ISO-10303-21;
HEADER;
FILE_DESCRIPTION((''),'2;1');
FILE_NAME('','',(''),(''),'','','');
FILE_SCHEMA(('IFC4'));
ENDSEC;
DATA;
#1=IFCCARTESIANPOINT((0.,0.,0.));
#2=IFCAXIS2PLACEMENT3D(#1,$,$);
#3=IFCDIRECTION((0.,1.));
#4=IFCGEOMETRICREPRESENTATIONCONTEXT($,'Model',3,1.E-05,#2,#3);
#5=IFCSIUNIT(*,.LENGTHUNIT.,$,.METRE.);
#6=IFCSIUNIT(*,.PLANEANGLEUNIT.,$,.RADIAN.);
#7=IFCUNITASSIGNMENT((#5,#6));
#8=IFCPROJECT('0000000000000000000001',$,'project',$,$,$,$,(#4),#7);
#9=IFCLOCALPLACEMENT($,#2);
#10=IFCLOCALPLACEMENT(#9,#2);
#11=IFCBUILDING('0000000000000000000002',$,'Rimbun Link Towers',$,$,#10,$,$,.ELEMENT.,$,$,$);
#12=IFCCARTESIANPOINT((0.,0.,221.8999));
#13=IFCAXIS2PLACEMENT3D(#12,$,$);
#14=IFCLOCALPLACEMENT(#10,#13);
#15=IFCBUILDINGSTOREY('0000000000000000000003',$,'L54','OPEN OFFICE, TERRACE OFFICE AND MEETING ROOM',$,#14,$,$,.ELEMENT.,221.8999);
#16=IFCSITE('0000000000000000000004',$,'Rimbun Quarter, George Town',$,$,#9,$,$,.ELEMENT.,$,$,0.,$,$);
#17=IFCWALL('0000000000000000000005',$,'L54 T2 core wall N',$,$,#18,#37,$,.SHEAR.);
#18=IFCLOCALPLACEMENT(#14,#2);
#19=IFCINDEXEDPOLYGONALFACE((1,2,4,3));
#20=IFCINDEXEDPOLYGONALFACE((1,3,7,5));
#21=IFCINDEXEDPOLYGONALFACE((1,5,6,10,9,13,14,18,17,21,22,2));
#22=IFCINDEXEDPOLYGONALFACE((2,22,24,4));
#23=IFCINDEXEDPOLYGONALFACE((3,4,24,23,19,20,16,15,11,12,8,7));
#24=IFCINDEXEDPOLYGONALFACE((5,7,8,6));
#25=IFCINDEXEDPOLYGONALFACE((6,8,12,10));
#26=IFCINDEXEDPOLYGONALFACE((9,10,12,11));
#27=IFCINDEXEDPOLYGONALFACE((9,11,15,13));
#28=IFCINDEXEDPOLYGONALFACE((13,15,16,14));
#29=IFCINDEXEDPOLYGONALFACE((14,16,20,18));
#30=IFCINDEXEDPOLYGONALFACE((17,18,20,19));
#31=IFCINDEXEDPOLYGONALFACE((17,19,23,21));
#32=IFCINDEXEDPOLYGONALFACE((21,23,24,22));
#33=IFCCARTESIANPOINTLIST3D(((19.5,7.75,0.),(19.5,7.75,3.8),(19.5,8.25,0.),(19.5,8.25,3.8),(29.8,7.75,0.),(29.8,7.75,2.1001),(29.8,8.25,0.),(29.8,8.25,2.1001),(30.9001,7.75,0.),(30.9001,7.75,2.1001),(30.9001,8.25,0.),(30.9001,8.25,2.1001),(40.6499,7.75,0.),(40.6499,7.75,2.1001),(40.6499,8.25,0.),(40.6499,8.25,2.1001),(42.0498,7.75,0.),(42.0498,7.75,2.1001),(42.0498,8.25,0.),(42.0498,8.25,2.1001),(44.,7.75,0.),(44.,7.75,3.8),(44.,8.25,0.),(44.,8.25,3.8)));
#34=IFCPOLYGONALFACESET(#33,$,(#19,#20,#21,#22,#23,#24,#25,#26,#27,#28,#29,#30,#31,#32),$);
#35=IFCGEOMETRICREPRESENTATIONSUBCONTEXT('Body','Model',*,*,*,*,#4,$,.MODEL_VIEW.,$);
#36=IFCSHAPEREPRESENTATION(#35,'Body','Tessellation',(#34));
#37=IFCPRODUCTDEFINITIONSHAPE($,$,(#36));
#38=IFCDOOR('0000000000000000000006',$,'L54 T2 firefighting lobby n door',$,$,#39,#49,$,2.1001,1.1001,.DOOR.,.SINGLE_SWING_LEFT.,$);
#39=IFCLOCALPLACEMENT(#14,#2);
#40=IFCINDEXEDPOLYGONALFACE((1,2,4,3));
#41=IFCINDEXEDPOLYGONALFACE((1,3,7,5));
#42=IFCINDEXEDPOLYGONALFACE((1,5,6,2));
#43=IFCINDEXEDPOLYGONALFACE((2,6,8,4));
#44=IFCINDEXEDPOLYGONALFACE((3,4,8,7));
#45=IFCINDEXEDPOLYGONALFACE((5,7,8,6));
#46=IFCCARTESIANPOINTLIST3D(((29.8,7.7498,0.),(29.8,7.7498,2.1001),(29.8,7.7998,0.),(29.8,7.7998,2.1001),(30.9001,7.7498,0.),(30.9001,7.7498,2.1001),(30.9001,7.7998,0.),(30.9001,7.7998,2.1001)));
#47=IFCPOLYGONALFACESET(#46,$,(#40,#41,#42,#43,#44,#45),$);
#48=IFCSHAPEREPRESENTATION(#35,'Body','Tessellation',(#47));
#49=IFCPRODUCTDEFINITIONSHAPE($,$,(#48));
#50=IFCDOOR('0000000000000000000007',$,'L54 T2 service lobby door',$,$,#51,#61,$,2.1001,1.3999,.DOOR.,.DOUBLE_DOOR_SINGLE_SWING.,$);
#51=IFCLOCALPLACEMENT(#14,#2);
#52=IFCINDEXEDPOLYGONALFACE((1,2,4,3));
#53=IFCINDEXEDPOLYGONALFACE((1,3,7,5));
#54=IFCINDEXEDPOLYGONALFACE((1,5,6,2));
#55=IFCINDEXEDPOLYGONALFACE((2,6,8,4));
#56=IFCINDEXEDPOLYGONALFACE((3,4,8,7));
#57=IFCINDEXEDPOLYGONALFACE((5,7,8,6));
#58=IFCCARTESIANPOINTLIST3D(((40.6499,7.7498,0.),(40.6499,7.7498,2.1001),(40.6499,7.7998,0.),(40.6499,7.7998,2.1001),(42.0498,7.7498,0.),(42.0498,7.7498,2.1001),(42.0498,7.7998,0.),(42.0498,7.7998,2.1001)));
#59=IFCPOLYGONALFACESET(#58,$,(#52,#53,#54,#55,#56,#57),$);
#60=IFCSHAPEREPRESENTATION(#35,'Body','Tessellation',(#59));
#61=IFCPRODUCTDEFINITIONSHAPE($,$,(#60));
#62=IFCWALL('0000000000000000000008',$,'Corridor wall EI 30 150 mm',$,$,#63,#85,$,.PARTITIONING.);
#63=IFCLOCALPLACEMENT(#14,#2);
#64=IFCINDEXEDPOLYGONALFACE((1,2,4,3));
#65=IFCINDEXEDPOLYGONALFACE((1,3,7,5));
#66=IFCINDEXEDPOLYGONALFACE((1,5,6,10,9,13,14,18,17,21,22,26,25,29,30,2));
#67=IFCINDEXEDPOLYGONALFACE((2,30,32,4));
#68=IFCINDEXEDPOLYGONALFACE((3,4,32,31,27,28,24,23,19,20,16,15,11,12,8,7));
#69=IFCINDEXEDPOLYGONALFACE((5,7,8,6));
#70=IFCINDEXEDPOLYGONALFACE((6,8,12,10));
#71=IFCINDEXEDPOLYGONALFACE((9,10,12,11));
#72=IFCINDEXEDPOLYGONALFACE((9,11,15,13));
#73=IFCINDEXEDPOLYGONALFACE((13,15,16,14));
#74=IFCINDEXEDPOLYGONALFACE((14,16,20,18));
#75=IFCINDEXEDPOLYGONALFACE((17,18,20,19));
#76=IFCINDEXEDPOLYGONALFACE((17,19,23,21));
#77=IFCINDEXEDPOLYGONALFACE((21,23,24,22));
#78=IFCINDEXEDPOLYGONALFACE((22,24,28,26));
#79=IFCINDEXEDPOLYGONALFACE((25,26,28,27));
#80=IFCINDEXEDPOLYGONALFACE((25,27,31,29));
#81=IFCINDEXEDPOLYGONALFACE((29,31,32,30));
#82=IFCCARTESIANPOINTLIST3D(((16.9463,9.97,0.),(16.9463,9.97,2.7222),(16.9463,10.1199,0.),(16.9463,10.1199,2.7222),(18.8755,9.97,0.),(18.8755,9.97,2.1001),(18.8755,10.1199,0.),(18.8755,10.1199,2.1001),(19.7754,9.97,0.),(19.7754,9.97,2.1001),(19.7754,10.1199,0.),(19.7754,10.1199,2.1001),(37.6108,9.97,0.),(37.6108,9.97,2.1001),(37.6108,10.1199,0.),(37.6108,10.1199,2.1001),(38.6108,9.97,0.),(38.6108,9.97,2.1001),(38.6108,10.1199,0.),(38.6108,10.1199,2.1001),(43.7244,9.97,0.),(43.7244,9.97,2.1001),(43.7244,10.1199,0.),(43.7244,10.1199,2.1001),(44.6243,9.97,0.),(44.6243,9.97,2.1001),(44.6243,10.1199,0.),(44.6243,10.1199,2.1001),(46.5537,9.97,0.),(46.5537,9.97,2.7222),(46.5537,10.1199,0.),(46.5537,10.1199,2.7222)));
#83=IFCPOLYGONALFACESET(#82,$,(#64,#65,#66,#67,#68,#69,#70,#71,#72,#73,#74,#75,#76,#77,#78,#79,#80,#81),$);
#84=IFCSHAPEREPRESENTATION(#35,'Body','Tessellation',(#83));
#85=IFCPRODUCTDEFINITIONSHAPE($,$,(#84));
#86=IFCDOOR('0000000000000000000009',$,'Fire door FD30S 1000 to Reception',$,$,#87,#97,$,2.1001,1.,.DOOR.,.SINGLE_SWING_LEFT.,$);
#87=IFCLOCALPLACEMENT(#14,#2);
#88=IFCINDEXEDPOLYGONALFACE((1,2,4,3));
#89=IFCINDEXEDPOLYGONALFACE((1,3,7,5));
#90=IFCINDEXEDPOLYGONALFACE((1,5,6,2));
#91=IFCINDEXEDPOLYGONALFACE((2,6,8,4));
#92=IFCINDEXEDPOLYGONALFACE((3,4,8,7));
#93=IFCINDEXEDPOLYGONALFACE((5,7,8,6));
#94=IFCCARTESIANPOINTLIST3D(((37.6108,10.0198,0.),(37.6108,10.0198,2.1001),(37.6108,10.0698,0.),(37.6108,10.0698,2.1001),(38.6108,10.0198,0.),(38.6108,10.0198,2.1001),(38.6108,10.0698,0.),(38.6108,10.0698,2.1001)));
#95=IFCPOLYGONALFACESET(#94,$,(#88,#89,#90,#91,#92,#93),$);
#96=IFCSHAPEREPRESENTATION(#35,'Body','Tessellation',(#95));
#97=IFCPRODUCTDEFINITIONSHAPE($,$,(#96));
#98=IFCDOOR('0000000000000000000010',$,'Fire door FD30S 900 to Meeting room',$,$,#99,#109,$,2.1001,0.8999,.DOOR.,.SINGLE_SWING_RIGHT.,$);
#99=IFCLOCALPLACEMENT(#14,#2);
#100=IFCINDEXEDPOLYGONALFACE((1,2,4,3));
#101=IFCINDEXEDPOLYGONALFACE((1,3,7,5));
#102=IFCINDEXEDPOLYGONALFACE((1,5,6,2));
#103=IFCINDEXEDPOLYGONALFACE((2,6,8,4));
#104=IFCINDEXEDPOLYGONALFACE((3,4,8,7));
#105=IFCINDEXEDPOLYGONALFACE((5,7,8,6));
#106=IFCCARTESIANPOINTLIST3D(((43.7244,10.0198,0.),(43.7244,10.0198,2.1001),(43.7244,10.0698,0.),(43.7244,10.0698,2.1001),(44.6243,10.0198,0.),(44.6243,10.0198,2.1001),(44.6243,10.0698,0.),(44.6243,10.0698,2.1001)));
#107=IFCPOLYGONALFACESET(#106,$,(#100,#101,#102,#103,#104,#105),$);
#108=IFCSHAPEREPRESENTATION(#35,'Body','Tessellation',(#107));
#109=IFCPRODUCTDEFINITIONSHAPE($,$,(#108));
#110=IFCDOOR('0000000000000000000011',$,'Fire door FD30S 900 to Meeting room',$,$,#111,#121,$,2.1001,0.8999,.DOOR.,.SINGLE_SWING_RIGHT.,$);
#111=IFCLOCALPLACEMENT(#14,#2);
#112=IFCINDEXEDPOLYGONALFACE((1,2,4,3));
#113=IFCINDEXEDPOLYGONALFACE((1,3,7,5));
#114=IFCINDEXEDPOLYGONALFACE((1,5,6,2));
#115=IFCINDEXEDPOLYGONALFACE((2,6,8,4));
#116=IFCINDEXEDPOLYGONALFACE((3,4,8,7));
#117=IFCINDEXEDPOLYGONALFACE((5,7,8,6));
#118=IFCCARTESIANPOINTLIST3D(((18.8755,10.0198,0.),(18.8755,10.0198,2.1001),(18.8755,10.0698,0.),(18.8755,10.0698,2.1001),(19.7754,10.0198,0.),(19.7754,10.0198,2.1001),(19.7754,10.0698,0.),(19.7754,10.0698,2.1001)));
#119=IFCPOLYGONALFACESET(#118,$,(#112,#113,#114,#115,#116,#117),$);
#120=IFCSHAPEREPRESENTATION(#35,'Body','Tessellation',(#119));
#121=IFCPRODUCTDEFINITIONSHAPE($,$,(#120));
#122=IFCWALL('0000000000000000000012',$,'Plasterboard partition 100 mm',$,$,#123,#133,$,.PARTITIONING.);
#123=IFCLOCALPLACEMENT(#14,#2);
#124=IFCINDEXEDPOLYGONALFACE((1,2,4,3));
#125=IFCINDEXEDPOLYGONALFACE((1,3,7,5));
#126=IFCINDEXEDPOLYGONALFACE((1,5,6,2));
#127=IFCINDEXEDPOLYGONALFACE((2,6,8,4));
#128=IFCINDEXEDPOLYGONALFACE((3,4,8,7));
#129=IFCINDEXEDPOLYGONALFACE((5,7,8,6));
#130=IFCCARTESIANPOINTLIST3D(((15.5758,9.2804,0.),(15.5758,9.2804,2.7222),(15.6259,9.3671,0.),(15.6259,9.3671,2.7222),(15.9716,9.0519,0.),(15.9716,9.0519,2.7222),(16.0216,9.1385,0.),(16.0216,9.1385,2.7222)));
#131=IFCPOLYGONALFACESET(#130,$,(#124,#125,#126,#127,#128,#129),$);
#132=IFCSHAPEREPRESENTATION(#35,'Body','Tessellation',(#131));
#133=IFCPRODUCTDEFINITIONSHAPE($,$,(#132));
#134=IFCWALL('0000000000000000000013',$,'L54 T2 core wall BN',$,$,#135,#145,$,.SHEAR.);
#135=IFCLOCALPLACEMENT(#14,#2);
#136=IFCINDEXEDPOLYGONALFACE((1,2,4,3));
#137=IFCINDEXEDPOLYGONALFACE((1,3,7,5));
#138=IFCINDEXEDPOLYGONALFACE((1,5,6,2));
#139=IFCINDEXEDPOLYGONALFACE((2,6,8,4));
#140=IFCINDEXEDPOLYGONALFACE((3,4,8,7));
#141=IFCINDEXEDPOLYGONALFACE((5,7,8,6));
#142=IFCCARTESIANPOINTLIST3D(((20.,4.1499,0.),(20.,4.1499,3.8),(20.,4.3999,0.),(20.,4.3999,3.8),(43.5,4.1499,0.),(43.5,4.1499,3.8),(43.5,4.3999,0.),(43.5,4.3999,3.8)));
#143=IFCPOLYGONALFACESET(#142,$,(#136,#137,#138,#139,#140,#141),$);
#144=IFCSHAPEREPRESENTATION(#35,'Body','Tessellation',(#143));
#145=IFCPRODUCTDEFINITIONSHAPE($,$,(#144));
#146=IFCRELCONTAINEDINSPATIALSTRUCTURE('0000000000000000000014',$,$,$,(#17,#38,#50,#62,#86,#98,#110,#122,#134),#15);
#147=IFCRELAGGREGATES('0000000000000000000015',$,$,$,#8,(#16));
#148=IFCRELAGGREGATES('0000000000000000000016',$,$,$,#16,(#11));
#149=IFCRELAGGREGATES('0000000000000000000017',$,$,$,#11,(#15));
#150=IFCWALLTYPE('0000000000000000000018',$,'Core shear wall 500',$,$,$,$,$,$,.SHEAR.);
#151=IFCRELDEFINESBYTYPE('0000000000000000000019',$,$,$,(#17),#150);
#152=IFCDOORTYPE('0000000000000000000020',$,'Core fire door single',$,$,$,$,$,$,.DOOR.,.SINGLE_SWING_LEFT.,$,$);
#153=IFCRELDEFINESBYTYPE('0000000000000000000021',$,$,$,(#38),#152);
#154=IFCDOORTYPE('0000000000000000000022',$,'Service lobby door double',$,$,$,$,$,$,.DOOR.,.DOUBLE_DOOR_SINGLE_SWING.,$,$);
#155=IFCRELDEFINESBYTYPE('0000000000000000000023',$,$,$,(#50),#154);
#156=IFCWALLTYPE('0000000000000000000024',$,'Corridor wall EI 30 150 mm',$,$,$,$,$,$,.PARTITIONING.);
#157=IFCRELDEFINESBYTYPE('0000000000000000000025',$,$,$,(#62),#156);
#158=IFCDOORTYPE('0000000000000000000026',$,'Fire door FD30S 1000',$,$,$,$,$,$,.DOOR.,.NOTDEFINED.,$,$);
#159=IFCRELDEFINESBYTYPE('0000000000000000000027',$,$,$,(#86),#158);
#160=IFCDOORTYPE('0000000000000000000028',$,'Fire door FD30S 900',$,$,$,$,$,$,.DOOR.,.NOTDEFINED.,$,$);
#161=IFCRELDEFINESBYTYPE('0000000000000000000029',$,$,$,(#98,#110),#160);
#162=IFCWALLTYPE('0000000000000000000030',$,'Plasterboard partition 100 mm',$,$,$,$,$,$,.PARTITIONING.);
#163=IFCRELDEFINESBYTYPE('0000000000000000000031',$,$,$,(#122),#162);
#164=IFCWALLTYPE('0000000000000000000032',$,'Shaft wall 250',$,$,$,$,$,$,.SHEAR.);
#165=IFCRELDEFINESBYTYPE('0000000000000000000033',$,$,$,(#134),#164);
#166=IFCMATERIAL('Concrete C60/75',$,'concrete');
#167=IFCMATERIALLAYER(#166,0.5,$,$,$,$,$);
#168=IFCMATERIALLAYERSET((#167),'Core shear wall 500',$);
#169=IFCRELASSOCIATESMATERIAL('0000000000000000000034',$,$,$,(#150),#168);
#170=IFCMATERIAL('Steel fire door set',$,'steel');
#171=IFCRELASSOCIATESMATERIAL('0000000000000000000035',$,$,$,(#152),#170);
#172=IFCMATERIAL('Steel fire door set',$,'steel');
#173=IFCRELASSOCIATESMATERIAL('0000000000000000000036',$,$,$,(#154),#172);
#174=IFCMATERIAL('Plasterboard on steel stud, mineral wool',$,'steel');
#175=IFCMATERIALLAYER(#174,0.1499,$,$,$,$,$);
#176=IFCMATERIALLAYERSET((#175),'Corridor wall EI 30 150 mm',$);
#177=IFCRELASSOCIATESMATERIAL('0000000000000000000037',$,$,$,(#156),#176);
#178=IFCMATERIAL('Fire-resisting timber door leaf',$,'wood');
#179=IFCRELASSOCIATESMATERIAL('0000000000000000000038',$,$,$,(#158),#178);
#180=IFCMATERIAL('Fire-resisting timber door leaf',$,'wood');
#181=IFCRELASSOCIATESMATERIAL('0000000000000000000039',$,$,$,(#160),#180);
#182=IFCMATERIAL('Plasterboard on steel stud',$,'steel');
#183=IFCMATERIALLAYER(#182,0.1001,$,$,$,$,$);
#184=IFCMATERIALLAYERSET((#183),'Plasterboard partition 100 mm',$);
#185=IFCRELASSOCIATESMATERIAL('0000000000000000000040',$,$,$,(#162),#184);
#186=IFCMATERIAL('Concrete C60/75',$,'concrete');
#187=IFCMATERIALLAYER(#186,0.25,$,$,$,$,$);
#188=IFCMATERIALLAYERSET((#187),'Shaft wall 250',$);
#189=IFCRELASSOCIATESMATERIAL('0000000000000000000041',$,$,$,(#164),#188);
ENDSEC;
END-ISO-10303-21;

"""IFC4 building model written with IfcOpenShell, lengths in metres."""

from ifc_helpers import new_model, si_unit, direction, frame, frame_2d, origin, place, context, subcontext, project, spatial, rectangle, extrude, material, layer, layer_set, type_object, element, fill, save


model = new_model("IFC4")

# Units and contexts
model_context = context("Model", 3, precision=1e-05, world=origin(), true_north=direction((0.0, 1.0)))
body_context = subcontext(model_context, "Body", "Model", "MODEL_VIEW")
ifc_project = project(units=[si_unit("LENGTHUNIT", "METRE"), si_unit("PLANEANGLEUNIT", "RADIAN")], contexts=[model_context])

# Site, building, storey
site_placement = place(None, origin())
site = spatial("IfcSite", under=ifc_project, at=site_placement, Name="Rimbun Quarter, George Town", CompositionType="ELEMENT", RefElevation=0.0)
building_placement = place(site_placement, origin())
building = spatial("IfcBuilding", under=site, at=building_placement, Name="Rimbun Link Towers", CompositionType="ELEMENT")
storey_placement = place(building_placement, frame((0.0, 0.0, 221.8999)))
storey = spatial("IfcBuildingStorey", under=building, at=storey_placement, Name="L54", Description="OPEN OFFICE, TERRACE OFFICE AND MEETING ROOM", CompositionType="ELEMENT", Elevation=221.8999)

# Walls, openings, doors
ifc_material_1 = material(Name="Concrete C60/75", Category="concrete")
ifc_layer_1 = layer(ifc_material_1, 0.5)
ifc_layer_set_1 = layer_set([ifc_layer_1], Name="Core shear wall 500")
wall_type_1 = type_object("IfcWallType", Name="Core shear wall 500", PredefinedType="SHEAR", material=ifc_layer_set_1)
wall_1_placement = place(storey_placement, frame((19.5, 8.0, 0.0), z_axis=(0.0, 0.0, 1.0), x_axis=(1.0, 0.0, 0.0)))
wall_1 = element("IfcWall", 1, at=wall_1_placement, inside=storey, type_object=wall_type_1, Name="L54 T2 core wall N", PredefinedType="SHEAR", context=body_context, shape_type="SweptSolid", body=[
    extrude(rectangle(XDim=24.5, YDim=0.5, at=frame_2d((12.25, 0.0))), origin(), (0.0, 0.0, 1.0), 3.8),
])
opening_1_placement = place(wall_1_placement, frame((10.3, 0.0, 0.0)))
opening_1 = element("IfcOpeningElement", 2, at=opening_1_placement, cuts=wall_1, PredefinedType="OPENING", context=body_context, shape_type="SweptSolid", body=[
    extrude(rectangle(XDim=1.1001, YDim=2.1001, at=frame_2d((0.55, 1.05))), frame((0.0, 0.26, 0.0), z_axis=(0.0, -1.0, 0.0), x_axis=(1.0, 0.0, 0.0)), (0.0, 0.0, 1.0), 0.52),
])
opening_2_placement = place(wall_1_placement, frame((21.1499, 0.0, 0.0)))
opening_2 = element("IfcOpeningElement", 3, at=opening_2_placement, cuts=wall_1, PredefinedType="OPENING", context=body_context, shape_type="SweptSolid", body=[
    extrude(rectangle(XDim=1.3999, YDim=2.1001, at=frame_2d((0.7, 1.05))), frame((0.0, 0.26, 0.0), z_axis=(0.0, -1.0, 0.0), x_axis=(1.0, 0.0, 0.0)), (0.0, 0.0, 1.0), 0.52),
])
ifc_material_2 = material(Name="Steel fire door set", Category="steel")
door_type_1 = type_object("IfcDoorType", Name="Core fire door single", OperationType="SINGLE_SWING_LEFT", PredefinedType="DOOR", material=ifc_material_2)
door_1_placement = place(opening_1_placement, origin())
door_1 = element("IfcDoor", 4, at=door_1_placement, inside=storey, type_object=door_type_1, Name="L54 T2 firefighting lobby n door", OperationType="SINGLE_SWING_LEFT", OverallHeight=2.1001, OverallWidth=1.1001, PredefinedType="DOOR", context=body_context, shape_type="SweptSolid", body=[
    extrude(rectangle(XDim=1.1001, YDim=2.1001, at=frame_2d((0.55, 1.05))), frame((0.0, -0.2002, 0.0), z_axis=(0.0, -1.0, 0.0), x_axis=(1.0, 0.0, 0.0)), (0.0, 0.0, 1.0), 0.05),
])
fill(opening_1, door_1)
ifc_material_3 = material(Name="Steel fire door set", Category="steel")
door_type_2 = type_object("IfcDoorType", Name="Service lobby door double", OperationType="DOUBLE_DOOR_SINGLE_SWING", PredefinedType="DOOR", material=ifc_material_3)
door_2_placement = place(opening_2_placement, origin())
door_2 = element("IfcDoor", 5, at=door_2_placement, inside=storey, type_object=door_type_2, Name="L54 T2 service lobby door", OperationType="DOUBLE_DOOR_SINGLE_SWING", OverallHeight=2.1001, OverallWidth=1.3999, PredefinedType="DOOR", context=body_context, shape_type="SweptSolid", body=[
    extrude(rectangle(XDim=1.3999, YDim=2.1001, at=frame_2d((0.7, 1.05))), frame((0.0, -0.2002, 0.0), z_axis=(0.0, -1.0, 0.0), x_axis=(1.0, 0.0, 0.0)), (0.0, 0.0, 1.0), 0.05),
])
fill(opening_2, door_2)
ifc_material_4 = material(Name="Plasterboard on steel stud, mineral wool", Category="steel")
ifc_layer_2 = layer(ifc_material_4, 0.1499)
ifc_layer_set_2 = layer_set([ifc_layer_2], Name="Corridor wall EI 30 150 mm")
wall_type_2 = type_object("IfcWallType", Name="Corridor wall EI 30 150 mm", PredefinedType="PARTITIONING", material=ifc_layer_set_2)
wall_2_placement = place(storey_placement, frame((16.9463, 10.0449, 0.0), z_axis=(0.0, 0.0, 1.0), x_axis=(1.0, 0.0, 0.0)))
wall_2 = element("IfcWall", 6, at=wall_2_placement, inside=storey, type_object=wall_type_2, Name="Corridor wall EI 30 150 mm", PredefinedType="PARTITIONING", context=body_context, shape_type="SweptSolid", body=[
    extrude(rectangle(XDim=29.6074, YDim=0.1499, at=frame_2d((14.8037, 0.0))), origin(), (0.0, 0.0, 1.0), 2.7222),
])
opening_3_placement = place(wall_2_placement, frame((26.7781, 0.0, 0.0)))
opening_3 = element("IfcOpeningElement", 7, at=opening_3_placement, cuts=wall_2, PredefinedType="OPENING", context=body_context, shape_type="SweptSolid", body=[
    extrude(rectangle(XDim=0.8999, YDim=2.1001, at=frame_2d((0.45, 1.05))), frame((0.0, 0.085, 0.0), z_axis=(0.0, -1.0, 0.0), x_axis=(1.0, 0.0, 0.0)), (0.0, 0.0, 1.0), 0.1699),
])
opening_4_placement = place(wall_2_placement, frame((20.6646, 0.0, 0.0)))
opening_4 = element("IfcOpeningElement", 8, at=opening_4_placement, cuts=wall_2, PredefinedType="OPENING", context=body_context, shape_type="SweptSolid", body=[
    extrude(rectangle(XDim=1.0, YDim=2.1001, at=frame_2d((0.5, 1.05))), frame((0.0, 0.085, 0.0), z_axis=(0.0, -1.0, 0.0), x_axis=(1.0, 0.0, 0.0)), (0.0, 0.0, 1.0), 0.1699),
])
opening_5_placement = place(wall_2_placement, frame((1.9292, 0.0, 0.0)))
opening_5 = element("IfcOpeningElement", 9, at=opening_5_placement, cuts=wall_2, PredefinedType="OPENING", context=body_context, shape_type="SweptSolid", body=[
    extrude(rectangle(XDim=0.8999, YDim=2.1001, at=frame_2d((0.45, 1.05))), frame((0.0, 0.085, 0.0), z_axis=(0.0, -1.0, 0.0), x_axis=(1.0, 0.0, 0.0)), (0.0, 0.0, 1.0), 0.1699),
])
ifc_material_5 = material(Name="Fire-resisting timber door leaf", Category="wood")
door_type_3 = type_object("IfcDoorType", Name="Fire door FD30S 1000", OperationType="NOTDEFINED", PredefinedType="DOOR", material=ifc_material_5)
door_3_placement = place(opening_4_placement, origin())
door_3 = element("IfcDoor", 10, at=door_3_placement, inside=storey, type_object=door_type_3, Name="Fire door FD30S 1000 to Reception", OperationType="SINGLE_SWING_LEFT", OverallHeight=2.1001, OverallWidth=1.0, PredefinedType="DOOR", context=body_context, shape_type="SweptSolid", body=[
    extrude(rectangle(XDim=1.0, YDim=2.1001, at=frame_2d((0.5, 1.05))), frame((0.0, 0.0249, 0.0), z_axis=(0.0, -1.0, 0.0), x_axis=(1.0, 0.0, 0.0)), (0.0, 0.0, 1.0), 0.05),
])
fill(opening_4, door_3)
ifc_material_6 = material(Name="Fire-resisting timber door leaf", Category="wood")
door_type_4 = type_object("IfcDoorType", Name="Fire door FD30S 900", OperationType="NOTDEFINED", PredefinedType="DOOR", material=ifc_material_6)
door_4_placement = place(opening_3_placement, origin())
door_4 = element("IfcDoor", 11, at=door_4_placement, inside=storey, type_object=door_type_4, Name="Fire door FD30S 900 to Meeting room", OperationType="SINGLE_SWING_RIGHT", OverallHeight=2.1001, OverallWidth=0.8999, PredefinedType="DOOR", context=body_context, shape_type="SweptSolid", body=[
    extrude(rectangle(XDim=0.8999, YDim=2.1001, at=frame_2d((0.45, 1.05))), frame((0.0, 0.0249, 0.0), z_axis=(0.0, -1.0, 0.0), x_axis=(1.0, 0.0, 0.0)), (0.0, 0.0, 1.0), 0.05),
])
fill(opening_3, door_4)
door_5_placement = place(opening_5_placement, origin())
door_5 = element("IfcDoor", 12, at=door_5_placement, inside=storey, type_object=door_type_4, Name="Fire door FD30S 900 to Meeting room", OperationType="SINGLE_SWING_RIGHT", OverallHeight=2.1001, OverallWidth=0.8999, PredefinedType="DOOR", context=body_context, shape_type="SweptSolid", body=[
    extrude(rectangle(XDim=0.8999, YDim=2.1001, at=frame_2d((0.45, 1.05))), frame((0.0, 0.0249, 0.0), z_axis=(0.0, -1.0, 0.0), x_axis=(1.0, 0.0, 0.0)), (0.0, 0.0, 1.0), 0.05),
])
fill(opening_5, door_5)

# Walls
ifc_material_7 = material(Name="Plasterboard on steel stud", Category="steel")
ifc_layer_3 = layer(ifc_material_7, 0.1001)
ifc_layer_set_3 = layer_set([ifc_layer_3], Name="Plasterboard partition 100 mm")
wall_type_3 = type_object("IfcWallType", Name="Plasterboard partition 100 mm", PredefinedType="PARTITIONING", material=ifc_layer_set_3)
wall_3_placement = place(storey_placement, frame((15.6008, 9.3237, 0.0), z_axis=(0.0, 0.0, 1.0), x_axis=(0.865999, -0.500046, 0.0)))
element("IfcWall", 13, at=wall_3_placement, inside=storey, type_object=wall_type_3, Name="Plasterboard partition 100 mm", PredefinedType="PARTITIONING", context=body_context, shape_type="SweptSolid", body=[
    extrude(rectangle(XDim=0.457, YDim=0.1001, at=frame_2d((0.2285, 0.0))), origin(), (0.0, 0.0, 1.0), 2.7222),
])
ifc_material_8 = material(Name="Concrete C60/75", Category="concrete")
ifc_layer_4 = layer(ifc_material_8, 0.25)
ifc_layer_set_4 = layer_set([ifc_layer_4], Name="Shaft wall 250")
wall_type_4 = type_object("IfcWallType", Name="Shaft wall 250", PredefinedType="SHEAR", material=ifc_layer_set_4)
wall_4_placement = place(storey_placement, frame((20.0, 4.2749, 0.0), z_axis=(0.0, 0.0, 1.0), x_axis=(1.0, 0.0, 0.0)))
element("IfcWall", 14, at=wall_4_placement, inside=storey, type_object=wall_type_4, Name="L54 T2 core wall BN", PredefinedType="SHEAR", context=body_context, shape_type="SweptSolid", body=[
    extrude(rectangle(XDim=23.5, YDim=0.25, at=frame_2d((11.75, 0.0))), origin(), (0.0, 0.0, 1.0), 3.8),
])

save(model, "model.ifc")
